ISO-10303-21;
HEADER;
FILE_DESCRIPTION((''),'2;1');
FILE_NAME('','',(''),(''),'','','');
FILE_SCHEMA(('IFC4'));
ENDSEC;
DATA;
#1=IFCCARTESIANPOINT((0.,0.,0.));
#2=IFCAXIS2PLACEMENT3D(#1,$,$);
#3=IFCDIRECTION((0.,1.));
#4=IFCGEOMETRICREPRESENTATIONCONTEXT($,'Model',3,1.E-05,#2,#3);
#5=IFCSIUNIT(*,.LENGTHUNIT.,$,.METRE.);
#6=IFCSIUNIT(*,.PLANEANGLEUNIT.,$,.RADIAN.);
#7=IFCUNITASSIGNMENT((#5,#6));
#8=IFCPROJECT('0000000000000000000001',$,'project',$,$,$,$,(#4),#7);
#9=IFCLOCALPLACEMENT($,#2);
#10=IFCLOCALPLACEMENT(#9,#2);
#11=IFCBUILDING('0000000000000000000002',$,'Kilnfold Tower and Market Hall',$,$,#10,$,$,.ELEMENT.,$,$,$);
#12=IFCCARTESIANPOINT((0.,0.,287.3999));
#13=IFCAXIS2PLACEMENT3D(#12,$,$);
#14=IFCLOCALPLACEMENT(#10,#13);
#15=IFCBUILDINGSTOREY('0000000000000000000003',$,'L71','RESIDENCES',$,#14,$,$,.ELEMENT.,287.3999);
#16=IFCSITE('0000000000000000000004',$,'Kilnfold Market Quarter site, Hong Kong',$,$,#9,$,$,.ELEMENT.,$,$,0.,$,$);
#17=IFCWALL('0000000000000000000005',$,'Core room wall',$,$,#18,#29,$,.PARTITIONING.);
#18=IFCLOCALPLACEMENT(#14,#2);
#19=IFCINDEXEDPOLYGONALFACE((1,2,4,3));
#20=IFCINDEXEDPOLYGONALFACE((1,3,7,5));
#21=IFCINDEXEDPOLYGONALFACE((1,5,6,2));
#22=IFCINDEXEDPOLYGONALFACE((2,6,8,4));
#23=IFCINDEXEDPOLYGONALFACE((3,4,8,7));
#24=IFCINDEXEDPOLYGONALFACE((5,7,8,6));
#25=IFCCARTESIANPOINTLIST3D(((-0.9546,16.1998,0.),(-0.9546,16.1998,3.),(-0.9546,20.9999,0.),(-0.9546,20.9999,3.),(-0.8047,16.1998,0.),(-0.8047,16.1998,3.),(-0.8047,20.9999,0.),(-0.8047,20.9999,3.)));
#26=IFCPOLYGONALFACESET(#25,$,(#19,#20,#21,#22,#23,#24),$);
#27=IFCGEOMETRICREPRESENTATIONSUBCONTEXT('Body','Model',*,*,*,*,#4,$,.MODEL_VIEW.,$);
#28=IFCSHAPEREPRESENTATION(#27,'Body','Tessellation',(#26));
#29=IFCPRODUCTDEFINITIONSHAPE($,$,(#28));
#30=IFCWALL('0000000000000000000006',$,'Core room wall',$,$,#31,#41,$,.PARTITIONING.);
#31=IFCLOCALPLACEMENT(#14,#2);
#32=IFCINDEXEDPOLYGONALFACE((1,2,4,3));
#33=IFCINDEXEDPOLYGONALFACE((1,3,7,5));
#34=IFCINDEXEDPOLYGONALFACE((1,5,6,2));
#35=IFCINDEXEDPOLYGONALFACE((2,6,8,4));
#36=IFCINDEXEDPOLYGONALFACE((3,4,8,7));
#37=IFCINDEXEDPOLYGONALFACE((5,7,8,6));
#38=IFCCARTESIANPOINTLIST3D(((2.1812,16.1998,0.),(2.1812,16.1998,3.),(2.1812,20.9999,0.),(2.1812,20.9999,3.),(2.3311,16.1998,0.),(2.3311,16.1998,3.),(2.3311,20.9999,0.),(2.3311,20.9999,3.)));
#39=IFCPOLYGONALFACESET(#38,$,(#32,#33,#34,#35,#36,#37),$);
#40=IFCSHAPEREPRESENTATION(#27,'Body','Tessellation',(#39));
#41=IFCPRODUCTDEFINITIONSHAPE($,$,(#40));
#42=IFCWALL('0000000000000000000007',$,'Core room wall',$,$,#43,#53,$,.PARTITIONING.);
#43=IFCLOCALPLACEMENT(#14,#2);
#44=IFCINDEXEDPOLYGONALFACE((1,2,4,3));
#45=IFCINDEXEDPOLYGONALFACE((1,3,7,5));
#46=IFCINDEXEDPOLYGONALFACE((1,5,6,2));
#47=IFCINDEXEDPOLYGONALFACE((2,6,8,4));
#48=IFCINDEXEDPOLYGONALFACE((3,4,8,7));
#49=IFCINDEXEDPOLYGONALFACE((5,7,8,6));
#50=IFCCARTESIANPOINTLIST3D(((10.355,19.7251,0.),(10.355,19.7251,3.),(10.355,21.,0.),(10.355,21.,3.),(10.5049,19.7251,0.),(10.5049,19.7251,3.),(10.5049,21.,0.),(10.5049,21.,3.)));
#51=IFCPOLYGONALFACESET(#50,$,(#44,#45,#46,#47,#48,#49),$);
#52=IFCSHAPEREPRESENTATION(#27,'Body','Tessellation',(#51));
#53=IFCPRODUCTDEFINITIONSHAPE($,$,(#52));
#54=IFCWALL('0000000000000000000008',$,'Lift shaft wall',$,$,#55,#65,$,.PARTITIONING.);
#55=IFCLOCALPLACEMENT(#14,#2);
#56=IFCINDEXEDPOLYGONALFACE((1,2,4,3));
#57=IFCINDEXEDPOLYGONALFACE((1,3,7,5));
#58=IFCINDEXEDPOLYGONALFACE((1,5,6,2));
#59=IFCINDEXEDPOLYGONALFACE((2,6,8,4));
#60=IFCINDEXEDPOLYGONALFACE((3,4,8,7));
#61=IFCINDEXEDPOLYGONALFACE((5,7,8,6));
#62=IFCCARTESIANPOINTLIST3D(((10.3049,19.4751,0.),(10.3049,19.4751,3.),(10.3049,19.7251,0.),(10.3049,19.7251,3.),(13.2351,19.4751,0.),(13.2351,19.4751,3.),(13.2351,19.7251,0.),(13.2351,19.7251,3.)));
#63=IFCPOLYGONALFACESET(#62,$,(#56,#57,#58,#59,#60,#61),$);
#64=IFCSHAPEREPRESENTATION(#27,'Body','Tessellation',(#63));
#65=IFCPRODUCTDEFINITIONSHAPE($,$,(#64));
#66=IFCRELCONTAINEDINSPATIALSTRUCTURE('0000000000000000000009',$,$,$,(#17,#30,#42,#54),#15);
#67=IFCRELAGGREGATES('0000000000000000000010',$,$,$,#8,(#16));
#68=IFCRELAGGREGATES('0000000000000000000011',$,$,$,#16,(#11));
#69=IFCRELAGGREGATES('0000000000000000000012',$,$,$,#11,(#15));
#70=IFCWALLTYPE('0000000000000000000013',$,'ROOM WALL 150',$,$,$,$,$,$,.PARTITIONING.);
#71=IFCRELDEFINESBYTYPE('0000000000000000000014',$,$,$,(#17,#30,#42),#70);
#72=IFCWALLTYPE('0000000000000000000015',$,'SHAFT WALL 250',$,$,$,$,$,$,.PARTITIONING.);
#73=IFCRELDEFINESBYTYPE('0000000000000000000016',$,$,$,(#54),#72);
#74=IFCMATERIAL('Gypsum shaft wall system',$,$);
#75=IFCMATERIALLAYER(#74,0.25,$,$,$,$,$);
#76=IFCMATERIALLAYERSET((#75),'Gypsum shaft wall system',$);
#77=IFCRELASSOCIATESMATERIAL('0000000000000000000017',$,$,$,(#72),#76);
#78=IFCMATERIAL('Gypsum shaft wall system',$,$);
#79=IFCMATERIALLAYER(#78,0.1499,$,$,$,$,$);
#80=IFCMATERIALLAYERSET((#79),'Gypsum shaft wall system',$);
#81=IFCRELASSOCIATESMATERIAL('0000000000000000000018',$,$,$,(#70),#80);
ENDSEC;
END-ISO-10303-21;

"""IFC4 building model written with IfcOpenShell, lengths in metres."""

from ifc_helpers import new_model, si_unit, direction, frame, frame_2d, origin, place, context, subcontext, project, spatial, rectangle, extrude, source, transform, mapped, material, layer, layer_set, type_object, element, save


model = new_model("IFC4")

# Units and contexts
model_context = context("Model", 3, precision=1e-05, world=origin(), true_north=direction((0.0, 1.0)))
body_context = subcontext(model_context, "Body", "Model", "MODEL_VIEW")
ifc_project = project(units=[si_unit("LENGTHUNIT", "METRE"), si_unit("PLANEANGLEUNIT", "RADIAN")], contexts=[model_context])

# Site, building, storey
site_placement = place(None, origin())
site = spatial("IfcSite", under=ifc_project, at=site_placement, Name="Kilnfold Market Quarter site, Hong Kong", CompositionType="ELEMENT", RefElevation=0.0)
building_placement = place(site_placement, origin())
building = spatial("IfcBuilding", under=site, at=building_placement, Name="Kilnfold Tower and Market Hall", CompositionType="ELEMENT")
storey_placement = place(building_placement, frame((0.0, 0.0, 287.3999)))
storey = spatial("IfcBuildingStorey", under=building, at=storey_placement, Name="L71", Description="RESIDENCES", CompositionType="ELEMENT", Elevation=287.3999)

# Walls
ifc_material_1 = material(Name="Gypsum shaft wall system")
ifc_layer_1 = layer(ifc_material_1, 0.25)
ifc_layer_set_1 = layer_set([ifc_layer_1], Name="Gypsum shaft wall system")
wall_type_1 = type_object("IfcWallType", Name="SHAFT WALL 250", PredefinedType="PARTITIONING", material=ifc_layer_set_1)
ifc_material_2 = material(Name="Gypsum shaft wall system")
ifc_layer_2 = layer(ifc_material_2, 0.1499)
ifc_layer_set_2 = layer_set([ifc_layer_2], Name="Gypsum shaft wall system")
wall_type_2 = type_object("IfcWallType", Name="ROOM WALL 150", PredefinedType="PARTITIONING", material=ifc_layer_set_2)
shared_shape_1 = source(origin(), body_context, "Body", "SweptSolid", [
    extrude(rectangle(XDim=4.8, YDim=0.1499, at=frame_2d((2.3999, 0.0))), origin(), (0.0, 0.0, 1.0), 3.0),
])
for number, where, z_axis, x_axis, name in (
    (1, (-0.8796, 16.2, 0.0), (0.0, 0.0, 1.0), (0.0, 1.0, 0.0), "Core room wall"),
    (2, (2.2561, 16.2, 0.0), (0.0, 0.0, 1.0), (0.0, 1.0, 0.0), "Core room wall"),
):
    element("IfcWall", number, at=place(storey_placement, frame(where, z_axis=z_axis, x_axis=x_axis)), inside=storey, type_object=wall_type_2, Name=name, PredefinedType="PARTITIONING", context=body_context, shape_type="MappedRepresentation", body=[
        mapped(shared_shape_1, transform((0.0, 0.0, 0.0))),
    ])
shared_shape_2 = source(origin(), body_context, "Body", "SweptSolid", [
    extrude(rectangle(XDim=1.2749, YDim=0.1499, at=frame_2d((0.6375, 0.0))), origin(), (0.0, 0.0, 1.0), 3.0),
])
wall_1_placement = place(storey_placement, frame((10.4299, 19.7251, 0.0), z_axis=(0.0, 0.0, 1.0), x_axis=(0.0, 1.0, 0.0)))
element("IfcWall", 3, at=wall_1_placement, inside=storey, type_object=wall_type_2, Name="Core room wall", PredefinedType="PARTITIONING", context=body_context, shape_type="MappedRepresentation", body=[
    mapped(shared_shape_2, transform((0.0, 0.0, 0.0))),
])
shared_shape_3 = source(origin(), body_context, "Body", "SweptSolid", [
    extrude(rectangle(XDim=2.9302, YDim=0.25, at=frame_2d((1.4651, 0.0))), origin(), (0.0, 0.0, 1.0), 3.0),
])
wall_2_placement = place(storey_placement, frame((10.3049, 19.6001, 0.0), z_axis=(0.0, 0.0, 1.0), x_axis=(1.0, 0.0, 0.0)))
element("IfcWall", 4, at=wall_2_placement, inside=storey, type_object=wall_type_1, Name="Lift shaft wall", PredefinedType="PARTITIONING", context=body_context, shape_type="MappedRepresentation", body=[
    mapped(shared_shape_3, transform((0.0, 0.0, 0.0))),
])

save(model, "model.ifc")
